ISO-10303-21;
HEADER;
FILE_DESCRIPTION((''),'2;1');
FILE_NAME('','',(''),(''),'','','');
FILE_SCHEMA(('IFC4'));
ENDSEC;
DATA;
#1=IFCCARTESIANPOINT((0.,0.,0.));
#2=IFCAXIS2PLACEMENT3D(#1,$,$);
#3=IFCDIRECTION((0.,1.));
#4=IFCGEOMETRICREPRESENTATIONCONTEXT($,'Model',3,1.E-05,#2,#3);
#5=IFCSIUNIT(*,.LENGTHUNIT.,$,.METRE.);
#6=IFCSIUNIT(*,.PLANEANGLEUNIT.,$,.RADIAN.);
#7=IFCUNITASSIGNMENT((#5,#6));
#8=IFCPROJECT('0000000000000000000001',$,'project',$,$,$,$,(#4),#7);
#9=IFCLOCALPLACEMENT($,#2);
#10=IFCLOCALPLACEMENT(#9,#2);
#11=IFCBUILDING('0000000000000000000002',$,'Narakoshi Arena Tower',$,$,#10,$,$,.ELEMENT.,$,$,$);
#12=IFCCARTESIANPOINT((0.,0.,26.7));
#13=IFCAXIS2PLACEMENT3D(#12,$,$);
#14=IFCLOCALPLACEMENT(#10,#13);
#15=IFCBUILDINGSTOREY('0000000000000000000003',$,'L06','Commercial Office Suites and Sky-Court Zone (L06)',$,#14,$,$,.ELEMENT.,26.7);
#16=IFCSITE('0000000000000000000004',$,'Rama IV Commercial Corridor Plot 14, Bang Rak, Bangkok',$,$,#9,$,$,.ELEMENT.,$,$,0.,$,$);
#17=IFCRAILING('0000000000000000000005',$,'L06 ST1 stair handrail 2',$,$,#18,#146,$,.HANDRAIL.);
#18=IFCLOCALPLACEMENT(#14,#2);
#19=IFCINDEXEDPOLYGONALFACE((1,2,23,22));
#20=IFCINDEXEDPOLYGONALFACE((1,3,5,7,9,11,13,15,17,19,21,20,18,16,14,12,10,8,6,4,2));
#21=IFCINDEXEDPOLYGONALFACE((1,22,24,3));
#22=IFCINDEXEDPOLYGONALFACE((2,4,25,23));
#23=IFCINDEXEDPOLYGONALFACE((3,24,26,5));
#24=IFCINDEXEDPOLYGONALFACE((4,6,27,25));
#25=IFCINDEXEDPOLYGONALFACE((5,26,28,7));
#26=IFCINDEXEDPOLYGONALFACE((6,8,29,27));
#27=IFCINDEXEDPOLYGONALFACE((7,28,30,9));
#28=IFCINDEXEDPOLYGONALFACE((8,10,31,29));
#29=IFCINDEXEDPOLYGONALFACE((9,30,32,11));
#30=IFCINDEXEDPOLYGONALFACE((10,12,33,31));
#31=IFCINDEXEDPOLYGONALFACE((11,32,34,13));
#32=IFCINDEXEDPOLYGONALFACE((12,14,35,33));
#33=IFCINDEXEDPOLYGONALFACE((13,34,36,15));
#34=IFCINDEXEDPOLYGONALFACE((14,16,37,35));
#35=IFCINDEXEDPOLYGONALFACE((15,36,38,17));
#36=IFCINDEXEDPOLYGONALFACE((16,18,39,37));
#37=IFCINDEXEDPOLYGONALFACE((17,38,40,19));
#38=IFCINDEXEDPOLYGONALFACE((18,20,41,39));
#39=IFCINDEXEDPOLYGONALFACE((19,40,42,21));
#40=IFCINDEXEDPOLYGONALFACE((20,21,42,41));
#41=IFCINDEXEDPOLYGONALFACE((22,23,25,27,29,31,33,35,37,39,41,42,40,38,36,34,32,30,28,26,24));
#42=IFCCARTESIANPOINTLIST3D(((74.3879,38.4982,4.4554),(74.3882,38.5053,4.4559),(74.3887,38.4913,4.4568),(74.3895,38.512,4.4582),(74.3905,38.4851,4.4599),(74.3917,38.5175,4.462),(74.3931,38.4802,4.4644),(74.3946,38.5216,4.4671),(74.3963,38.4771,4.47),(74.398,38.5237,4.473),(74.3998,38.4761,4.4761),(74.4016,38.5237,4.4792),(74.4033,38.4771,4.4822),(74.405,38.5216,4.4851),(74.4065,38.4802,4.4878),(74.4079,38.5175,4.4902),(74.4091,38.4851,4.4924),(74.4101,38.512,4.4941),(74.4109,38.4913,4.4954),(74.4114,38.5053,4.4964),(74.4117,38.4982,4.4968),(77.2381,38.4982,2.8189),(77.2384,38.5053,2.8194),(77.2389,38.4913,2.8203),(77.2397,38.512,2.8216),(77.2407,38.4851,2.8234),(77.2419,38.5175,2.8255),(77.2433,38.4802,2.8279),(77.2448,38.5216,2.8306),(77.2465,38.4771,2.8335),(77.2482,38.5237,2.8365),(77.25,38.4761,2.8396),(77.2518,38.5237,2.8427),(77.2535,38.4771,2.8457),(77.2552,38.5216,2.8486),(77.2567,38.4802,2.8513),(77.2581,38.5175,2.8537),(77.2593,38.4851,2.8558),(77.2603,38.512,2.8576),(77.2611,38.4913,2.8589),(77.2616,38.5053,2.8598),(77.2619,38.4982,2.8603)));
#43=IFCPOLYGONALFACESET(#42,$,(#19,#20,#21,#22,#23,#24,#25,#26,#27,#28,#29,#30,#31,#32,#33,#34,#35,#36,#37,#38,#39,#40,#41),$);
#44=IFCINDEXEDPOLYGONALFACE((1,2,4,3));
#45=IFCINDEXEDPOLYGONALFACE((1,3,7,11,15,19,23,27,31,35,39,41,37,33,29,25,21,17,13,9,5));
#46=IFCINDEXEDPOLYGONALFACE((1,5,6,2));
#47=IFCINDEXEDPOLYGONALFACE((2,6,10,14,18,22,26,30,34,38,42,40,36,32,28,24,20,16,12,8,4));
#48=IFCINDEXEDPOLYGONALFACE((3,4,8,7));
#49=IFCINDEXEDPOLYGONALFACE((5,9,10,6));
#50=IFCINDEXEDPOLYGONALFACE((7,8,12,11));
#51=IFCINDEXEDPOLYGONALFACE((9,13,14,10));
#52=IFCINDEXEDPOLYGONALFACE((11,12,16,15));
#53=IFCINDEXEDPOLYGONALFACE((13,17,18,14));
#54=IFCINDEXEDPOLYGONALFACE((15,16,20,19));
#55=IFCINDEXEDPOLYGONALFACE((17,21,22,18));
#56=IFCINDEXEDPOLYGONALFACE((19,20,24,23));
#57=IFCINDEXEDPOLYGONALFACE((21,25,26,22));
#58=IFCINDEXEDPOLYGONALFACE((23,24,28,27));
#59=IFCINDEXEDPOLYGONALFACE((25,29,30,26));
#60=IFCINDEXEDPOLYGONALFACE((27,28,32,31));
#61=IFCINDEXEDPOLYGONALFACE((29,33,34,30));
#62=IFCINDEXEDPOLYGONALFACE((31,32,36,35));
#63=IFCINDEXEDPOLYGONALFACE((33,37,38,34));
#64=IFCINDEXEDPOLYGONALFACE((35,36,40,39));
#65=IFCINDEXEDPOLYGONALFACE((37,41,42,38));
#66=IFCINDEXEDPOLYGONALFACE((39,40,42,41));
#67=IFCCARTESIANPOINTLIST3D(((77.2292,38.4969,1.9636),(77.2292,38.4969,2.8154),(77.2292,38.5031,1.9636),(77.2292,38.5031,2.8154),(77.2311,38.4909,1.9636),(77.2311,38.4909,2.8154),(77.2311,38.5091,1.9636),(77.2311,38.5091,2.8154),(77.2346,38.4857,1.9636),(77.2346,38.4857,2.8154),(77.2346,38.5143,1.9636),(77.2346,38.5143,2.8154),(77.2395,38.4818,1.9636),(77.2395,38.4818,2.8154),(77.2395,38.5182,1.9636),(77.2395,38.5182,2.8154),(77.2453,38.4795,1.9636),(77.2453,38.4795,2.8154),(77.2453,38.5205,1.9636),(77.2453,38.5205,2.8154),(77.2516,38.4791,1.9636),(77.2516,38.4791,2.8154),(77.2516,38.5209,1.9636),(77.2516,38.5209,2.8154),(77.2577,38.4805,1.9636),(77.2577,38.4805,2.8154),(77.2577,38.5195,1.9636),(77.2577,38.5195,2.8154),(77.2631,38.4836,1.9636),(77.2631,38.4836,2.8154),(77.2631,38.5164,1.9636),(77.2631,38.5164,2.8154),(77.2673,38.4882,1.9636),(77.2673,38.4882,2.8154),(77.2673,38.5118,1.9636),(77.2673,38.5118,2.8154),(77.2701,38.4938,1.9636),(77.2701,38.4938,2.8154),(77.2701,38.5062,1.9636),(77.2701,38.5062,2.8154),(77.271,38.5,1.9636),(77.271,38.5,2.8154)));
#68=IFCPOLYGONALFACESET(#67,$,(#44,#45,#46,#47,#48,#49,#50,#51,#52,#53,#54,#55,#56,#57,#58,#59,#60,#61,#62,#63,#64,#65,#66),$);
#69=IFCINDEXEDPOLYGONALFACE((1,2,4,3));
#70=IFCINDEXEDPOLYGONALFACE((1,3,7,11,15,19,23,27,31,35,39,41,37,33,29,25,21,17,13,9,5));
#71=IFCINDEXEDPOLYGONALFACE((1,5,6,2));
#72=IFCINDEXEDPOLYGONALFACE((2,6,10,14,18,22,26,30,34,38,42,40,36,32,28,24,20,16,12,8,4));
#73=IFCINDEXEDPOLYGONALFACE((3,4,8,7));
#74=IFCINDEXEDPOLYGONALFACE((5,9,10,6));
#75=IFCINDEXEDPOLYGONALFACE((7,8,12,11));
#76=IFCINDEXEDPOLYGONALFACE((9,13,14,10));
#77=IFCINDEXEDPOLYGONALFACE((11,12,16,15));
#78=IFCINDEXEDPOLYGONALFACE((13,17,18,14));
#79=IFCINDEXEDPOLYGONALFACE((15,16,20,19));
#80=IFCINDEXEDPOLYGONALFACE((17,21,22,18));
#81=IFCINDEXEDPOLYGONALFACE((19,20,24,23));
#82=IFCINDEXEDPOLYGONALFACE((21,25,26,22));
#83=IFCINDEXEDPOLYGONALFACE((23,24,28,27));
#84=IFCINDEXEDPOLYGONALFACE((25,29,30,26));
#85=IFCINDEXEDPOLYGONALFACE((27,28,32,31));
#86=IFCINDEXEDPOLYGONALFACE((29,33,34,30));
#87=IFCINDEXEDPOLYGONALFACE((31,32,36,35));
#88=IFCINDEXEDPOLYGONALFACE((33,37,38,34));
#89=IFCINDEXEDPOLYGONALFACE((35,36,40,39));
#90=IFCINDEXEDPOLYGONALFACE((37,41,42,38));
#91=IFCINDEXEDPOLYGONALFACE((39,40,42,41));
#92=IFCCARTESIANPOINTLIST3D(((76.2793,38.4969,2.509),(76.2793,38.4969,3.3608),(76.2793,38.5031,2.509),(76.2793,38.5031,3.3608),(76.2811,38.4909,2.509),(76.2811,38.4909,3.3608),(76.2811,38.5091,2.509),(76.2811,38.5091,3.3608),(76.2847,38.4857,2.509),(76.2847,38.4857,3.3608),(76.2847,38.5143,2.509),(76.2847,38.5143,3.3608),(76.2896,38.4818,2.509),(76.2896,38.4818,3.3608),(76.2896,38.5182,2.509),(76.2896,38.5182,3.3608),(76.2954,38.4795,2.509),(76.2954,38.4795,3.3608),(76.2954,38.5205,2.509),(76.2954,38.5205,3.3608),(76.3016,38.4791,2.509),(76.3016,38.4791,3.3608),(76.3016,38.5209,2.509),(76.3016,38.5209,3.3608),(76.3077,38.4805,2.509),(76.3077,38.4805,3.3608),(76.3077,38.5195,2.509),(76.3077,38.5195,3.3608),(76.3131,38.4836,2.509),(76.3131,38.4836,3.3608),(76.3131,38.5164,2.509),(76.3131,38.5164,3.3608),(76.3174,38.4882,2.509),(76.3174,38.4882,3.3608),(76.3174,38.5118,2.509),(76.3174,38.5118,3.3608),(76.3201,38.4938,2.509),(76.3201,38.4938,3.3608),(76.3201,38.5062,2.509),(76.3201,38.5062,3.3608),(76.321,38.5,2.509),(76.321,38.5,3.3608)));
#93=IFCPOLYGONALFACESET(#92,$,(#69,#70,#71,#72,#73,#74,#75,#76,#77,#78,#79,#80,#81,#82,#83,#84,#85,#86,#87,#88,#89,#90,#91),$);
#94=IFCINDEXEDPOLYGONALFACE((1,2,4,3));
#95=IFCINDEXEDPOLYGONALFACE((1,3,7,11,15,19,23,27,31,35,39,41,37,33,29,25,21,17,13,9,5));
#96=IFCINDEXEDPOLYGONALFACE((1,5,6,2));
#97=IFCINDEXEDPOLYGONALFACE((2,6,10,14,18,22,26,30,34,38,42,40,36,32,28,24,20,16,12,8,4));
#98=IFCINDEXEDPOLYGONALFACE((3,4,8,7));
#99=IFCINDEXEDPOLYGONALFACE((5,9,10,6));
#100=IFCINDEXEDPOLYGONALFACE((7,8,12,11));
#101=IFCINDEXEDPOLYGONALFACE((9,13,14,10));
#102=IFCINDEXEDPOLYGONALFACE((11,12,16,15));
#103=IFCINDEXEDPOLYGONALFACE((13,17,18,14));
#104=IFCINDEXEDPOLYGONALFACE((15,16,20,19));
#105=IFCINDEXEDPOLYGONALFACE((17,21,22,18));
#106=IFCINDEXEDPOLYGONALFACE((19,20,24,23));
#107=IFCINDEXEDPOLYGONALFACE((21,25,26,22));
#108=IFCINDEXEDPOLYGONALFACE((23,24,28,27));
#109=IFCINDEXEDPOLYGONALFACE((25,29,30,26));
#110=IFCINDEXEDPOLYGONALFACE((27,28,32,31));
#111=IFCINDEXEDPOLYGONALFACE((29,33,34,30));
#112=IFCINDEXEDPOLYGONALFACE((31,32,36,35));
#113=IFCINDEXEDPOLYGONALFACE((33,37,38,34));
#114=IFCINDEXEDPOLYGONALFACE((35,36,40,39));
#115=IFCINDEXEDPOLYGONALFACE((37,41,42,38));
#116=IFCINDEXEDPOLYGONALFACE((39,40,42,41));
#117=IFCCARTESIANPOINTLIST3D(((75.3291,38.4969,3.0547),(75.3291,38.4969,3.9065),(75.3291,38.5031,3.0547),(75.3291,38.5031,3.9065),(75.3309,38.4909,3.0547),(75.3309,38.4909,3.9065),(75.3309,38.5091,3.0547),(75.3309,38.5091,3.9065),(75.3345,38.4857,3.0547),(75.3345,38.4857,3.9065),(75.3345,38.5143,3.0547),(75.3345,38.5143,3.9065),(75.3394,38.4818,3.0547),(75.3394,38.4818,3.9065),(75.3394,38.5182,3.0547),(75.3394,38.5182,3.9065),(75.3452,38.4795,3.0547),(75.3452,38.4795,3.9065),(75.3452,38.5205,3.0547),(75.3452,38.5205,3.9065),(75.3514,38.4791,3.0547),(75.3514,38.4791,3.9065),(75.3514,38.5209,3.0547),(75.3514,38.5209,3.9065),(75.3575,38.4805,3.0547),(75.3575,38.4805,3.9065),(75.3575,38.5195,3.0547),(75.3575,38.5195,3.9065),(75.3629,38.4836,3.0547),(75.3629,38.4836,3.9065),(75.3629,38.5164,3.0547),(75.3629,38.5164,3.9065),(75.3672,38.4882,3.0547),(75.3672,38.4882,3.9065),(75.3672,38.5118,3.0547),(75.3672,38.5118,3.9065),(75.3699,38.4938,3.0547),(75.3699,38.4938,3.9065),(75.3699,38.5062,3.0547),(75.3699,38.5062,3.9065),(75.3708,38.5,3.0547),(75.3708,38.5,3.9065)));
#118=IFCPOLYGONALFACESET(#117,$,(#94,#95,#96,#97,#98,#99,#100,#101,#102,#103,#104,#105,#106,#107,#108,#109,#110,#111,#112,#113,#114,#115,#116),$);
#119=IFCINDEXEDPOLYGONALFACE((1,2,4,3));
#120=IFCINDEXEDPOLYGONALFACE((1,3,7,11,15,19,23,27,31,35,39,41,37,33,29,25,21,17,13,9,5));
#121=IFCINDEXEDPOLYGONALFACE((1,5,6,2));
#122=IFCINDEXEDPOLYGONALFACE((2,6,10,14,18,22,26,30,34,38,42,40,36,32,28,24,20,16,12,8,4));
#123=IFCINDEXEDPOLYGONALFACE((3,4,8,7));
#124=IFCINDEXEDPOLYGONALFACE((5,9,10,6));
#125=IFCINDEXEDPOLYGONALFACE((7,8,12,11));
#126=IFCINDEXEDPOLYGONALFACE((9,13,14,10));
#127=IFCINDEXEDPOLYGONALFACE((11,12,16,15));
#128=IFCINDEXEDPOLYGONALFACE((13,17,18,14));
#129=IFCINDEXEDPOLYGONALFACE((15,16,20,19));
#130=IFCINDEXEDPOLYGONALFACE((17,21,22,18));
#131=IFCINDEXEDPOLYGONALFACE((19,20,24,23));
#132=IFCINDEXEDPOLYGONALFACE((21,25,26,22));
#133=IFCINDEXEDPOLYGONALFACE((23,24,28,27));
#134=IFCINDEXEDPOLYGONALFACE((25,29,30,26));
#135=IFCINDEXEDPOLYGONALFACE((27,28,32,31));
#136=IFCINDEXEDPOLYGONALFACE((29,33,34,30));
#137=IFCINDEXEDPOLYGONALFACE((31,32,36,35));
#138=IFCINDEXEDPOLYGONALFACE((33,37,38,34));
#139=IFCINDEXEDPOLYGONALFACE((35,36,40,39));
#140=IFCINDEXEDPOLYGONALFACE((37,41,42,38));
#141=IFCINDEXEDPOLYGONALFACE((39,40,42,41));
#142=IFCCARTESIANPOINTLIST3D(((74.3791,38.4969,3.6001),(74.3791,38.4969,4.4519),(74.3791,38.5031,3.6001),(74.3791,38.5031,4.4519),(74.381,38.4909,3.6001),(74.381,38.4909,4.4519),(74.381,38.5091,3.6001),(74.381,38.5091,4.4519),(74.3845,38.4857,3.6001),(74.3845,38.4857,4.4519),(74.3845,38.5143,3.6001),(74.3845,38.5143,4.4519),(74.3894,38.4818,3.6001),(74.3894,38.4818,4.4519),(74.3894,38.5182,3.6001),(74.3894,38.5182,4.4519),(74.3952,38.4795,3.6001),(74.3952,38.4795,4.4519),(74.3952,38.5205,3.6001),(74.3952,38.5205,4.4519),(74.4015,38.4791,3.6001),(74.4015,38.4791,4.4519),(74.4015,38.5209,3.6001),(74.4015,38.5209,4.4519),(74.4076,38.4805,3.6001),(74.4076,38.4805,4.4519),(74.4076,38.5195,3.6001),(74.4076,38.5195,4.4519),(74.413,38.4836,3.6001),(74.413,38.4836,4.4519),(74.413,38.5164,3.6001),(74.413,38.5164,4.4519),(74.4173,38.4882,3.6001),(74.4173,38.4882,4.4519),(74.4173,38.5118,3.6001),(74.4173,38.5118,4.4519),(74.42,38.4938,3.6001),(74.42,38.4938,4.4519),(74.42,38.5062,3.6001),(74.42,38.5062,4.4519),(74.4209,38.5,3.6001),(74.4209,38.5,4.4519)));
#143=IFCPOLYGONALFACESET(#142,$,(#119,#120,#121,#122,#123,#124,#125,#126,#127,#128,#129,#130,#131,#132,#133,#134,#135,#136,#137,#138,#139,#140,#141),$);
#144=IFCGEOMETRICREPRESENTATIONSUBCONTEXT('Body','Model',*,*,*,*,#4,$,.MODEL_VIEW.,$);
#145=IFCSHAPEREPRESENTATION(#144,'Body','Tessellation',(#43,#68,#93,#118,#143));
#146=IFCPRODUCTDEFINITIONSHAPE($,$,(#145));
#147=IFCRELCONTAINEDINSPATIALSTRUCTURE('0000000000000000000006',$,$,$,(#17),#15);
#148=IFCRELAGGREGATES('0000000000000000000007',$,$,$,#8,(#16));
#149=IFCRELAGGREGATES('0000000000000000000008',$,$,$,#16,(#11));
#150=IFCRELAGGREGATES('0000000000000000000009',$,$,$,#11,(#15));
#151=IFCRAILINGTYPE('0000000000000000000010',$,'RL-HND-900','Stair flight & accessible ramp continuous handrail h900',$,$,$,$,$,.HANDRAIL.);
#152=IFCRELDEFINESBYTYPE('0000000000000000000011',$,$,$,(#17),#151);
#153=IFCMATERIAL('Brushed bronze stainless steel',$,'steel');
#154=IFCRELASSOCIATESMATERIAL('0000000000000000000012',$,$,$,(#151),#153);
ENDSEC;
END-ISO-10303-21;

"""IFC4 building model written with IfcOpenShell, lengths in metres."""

from ifc_helpers import new_model, si_unit, direction, frame, origin, origin_2d, place, context, subcontext, project, spatial, circle, extrude, material, type_object, element, save


model = new_model("IFC4")

# Units and contexts
model_context = context("Model", 3, precision=1e-05, world=origin(), true_north=direction((0.0, 1.0)))
body_context = subcontext(model_context, "Body", "Model", "MODEL_VIEW")
ifc_project = project(units=[si_unit("LENGTHUNIT", "METRE"), si_unit("PLANEANGLEUNIT", "RADIAN")], contexts=[model_context])

# Site, building, storey
site_placement = place(None, origin())
site = spatial("IfcSite", under=ifc_project, at=site_placement, Name="Rama IV Commercial Corridor Plot 14, Bang Rak, Bangkok", CompositionType="ELEMENT", RefElevation=0.0)
building_placement = place(site_placement, origin())
building = spatial("IfcBuilding", under=site, at=building_placement, Name="Narakoshi Arena Tower", CompositionType="ELEMENT")
storey_placement = place(building_placement, frame((0.0, 0.0, 26.7)))
storey = spatial("IfcBuildingStorey", under=building, at=storey_placement, Name="L06", Description="Commercial Office Suites and Sky-Court Zone (L06)", CompositionType="ELEMENT", Elevation=26.7)

# Shared definitions
ifc_material_1 = material(Name="Brushed bronze stainless steel", Category="steel")

# Railing
railing_type_1 = type_object("IfcRailingType", Name="RL-HND-900", Description="Stair flight & accessible ramp continuous handrail h900", PredefinedType="HANDRAIL", material=ifc_material_1)
for number, where, name in (
    (1, (77.25, 38.5, 1.9636), "L06 ST1 stair handrail 2"),
):
    element("IfcRailing", number, at=place(storey_placement, frame(where)), inside=storey, type_object=railing_type_1, Name=name, PredefinedType="HANDRAIL", context=body_context, shape_type="SweptSolid", body=[
        extrude(circle(Radius=0.0239, at=origin_2d()), frame((0.0, 0.0, 0.876), z_axis=(-0.867213, 0.0, 0.497938), x_axis=(0.0, -1.0, 0.0)), (0.0, 0.0, 1.0), 3.2866),
        extrude(circle(Radius=0.021, at=origin_2d()), origin(), (0.0, 0.0, 1.0), 0.8518),
        extrude(circle(Radius=0.021, at=origin_2d()), frame((-0.95, 0.0, 0.5454)), (0.0, 0.0, 1.0), 0.8518),
        extrude(circle(Radius=0.021, at=origin_2d()), frame((-1.9001, 0.0, 1.0911)), (0.0, 0.0, 1.0), 0.8518),
        extrude(circle(Radius=0.021, at=origin_2d()), frame((-2.8501, 0.0, 1.6365)), (0.0, 0.0, 1.0), 0.8518),
    ])

save(model, "model.ifc")
